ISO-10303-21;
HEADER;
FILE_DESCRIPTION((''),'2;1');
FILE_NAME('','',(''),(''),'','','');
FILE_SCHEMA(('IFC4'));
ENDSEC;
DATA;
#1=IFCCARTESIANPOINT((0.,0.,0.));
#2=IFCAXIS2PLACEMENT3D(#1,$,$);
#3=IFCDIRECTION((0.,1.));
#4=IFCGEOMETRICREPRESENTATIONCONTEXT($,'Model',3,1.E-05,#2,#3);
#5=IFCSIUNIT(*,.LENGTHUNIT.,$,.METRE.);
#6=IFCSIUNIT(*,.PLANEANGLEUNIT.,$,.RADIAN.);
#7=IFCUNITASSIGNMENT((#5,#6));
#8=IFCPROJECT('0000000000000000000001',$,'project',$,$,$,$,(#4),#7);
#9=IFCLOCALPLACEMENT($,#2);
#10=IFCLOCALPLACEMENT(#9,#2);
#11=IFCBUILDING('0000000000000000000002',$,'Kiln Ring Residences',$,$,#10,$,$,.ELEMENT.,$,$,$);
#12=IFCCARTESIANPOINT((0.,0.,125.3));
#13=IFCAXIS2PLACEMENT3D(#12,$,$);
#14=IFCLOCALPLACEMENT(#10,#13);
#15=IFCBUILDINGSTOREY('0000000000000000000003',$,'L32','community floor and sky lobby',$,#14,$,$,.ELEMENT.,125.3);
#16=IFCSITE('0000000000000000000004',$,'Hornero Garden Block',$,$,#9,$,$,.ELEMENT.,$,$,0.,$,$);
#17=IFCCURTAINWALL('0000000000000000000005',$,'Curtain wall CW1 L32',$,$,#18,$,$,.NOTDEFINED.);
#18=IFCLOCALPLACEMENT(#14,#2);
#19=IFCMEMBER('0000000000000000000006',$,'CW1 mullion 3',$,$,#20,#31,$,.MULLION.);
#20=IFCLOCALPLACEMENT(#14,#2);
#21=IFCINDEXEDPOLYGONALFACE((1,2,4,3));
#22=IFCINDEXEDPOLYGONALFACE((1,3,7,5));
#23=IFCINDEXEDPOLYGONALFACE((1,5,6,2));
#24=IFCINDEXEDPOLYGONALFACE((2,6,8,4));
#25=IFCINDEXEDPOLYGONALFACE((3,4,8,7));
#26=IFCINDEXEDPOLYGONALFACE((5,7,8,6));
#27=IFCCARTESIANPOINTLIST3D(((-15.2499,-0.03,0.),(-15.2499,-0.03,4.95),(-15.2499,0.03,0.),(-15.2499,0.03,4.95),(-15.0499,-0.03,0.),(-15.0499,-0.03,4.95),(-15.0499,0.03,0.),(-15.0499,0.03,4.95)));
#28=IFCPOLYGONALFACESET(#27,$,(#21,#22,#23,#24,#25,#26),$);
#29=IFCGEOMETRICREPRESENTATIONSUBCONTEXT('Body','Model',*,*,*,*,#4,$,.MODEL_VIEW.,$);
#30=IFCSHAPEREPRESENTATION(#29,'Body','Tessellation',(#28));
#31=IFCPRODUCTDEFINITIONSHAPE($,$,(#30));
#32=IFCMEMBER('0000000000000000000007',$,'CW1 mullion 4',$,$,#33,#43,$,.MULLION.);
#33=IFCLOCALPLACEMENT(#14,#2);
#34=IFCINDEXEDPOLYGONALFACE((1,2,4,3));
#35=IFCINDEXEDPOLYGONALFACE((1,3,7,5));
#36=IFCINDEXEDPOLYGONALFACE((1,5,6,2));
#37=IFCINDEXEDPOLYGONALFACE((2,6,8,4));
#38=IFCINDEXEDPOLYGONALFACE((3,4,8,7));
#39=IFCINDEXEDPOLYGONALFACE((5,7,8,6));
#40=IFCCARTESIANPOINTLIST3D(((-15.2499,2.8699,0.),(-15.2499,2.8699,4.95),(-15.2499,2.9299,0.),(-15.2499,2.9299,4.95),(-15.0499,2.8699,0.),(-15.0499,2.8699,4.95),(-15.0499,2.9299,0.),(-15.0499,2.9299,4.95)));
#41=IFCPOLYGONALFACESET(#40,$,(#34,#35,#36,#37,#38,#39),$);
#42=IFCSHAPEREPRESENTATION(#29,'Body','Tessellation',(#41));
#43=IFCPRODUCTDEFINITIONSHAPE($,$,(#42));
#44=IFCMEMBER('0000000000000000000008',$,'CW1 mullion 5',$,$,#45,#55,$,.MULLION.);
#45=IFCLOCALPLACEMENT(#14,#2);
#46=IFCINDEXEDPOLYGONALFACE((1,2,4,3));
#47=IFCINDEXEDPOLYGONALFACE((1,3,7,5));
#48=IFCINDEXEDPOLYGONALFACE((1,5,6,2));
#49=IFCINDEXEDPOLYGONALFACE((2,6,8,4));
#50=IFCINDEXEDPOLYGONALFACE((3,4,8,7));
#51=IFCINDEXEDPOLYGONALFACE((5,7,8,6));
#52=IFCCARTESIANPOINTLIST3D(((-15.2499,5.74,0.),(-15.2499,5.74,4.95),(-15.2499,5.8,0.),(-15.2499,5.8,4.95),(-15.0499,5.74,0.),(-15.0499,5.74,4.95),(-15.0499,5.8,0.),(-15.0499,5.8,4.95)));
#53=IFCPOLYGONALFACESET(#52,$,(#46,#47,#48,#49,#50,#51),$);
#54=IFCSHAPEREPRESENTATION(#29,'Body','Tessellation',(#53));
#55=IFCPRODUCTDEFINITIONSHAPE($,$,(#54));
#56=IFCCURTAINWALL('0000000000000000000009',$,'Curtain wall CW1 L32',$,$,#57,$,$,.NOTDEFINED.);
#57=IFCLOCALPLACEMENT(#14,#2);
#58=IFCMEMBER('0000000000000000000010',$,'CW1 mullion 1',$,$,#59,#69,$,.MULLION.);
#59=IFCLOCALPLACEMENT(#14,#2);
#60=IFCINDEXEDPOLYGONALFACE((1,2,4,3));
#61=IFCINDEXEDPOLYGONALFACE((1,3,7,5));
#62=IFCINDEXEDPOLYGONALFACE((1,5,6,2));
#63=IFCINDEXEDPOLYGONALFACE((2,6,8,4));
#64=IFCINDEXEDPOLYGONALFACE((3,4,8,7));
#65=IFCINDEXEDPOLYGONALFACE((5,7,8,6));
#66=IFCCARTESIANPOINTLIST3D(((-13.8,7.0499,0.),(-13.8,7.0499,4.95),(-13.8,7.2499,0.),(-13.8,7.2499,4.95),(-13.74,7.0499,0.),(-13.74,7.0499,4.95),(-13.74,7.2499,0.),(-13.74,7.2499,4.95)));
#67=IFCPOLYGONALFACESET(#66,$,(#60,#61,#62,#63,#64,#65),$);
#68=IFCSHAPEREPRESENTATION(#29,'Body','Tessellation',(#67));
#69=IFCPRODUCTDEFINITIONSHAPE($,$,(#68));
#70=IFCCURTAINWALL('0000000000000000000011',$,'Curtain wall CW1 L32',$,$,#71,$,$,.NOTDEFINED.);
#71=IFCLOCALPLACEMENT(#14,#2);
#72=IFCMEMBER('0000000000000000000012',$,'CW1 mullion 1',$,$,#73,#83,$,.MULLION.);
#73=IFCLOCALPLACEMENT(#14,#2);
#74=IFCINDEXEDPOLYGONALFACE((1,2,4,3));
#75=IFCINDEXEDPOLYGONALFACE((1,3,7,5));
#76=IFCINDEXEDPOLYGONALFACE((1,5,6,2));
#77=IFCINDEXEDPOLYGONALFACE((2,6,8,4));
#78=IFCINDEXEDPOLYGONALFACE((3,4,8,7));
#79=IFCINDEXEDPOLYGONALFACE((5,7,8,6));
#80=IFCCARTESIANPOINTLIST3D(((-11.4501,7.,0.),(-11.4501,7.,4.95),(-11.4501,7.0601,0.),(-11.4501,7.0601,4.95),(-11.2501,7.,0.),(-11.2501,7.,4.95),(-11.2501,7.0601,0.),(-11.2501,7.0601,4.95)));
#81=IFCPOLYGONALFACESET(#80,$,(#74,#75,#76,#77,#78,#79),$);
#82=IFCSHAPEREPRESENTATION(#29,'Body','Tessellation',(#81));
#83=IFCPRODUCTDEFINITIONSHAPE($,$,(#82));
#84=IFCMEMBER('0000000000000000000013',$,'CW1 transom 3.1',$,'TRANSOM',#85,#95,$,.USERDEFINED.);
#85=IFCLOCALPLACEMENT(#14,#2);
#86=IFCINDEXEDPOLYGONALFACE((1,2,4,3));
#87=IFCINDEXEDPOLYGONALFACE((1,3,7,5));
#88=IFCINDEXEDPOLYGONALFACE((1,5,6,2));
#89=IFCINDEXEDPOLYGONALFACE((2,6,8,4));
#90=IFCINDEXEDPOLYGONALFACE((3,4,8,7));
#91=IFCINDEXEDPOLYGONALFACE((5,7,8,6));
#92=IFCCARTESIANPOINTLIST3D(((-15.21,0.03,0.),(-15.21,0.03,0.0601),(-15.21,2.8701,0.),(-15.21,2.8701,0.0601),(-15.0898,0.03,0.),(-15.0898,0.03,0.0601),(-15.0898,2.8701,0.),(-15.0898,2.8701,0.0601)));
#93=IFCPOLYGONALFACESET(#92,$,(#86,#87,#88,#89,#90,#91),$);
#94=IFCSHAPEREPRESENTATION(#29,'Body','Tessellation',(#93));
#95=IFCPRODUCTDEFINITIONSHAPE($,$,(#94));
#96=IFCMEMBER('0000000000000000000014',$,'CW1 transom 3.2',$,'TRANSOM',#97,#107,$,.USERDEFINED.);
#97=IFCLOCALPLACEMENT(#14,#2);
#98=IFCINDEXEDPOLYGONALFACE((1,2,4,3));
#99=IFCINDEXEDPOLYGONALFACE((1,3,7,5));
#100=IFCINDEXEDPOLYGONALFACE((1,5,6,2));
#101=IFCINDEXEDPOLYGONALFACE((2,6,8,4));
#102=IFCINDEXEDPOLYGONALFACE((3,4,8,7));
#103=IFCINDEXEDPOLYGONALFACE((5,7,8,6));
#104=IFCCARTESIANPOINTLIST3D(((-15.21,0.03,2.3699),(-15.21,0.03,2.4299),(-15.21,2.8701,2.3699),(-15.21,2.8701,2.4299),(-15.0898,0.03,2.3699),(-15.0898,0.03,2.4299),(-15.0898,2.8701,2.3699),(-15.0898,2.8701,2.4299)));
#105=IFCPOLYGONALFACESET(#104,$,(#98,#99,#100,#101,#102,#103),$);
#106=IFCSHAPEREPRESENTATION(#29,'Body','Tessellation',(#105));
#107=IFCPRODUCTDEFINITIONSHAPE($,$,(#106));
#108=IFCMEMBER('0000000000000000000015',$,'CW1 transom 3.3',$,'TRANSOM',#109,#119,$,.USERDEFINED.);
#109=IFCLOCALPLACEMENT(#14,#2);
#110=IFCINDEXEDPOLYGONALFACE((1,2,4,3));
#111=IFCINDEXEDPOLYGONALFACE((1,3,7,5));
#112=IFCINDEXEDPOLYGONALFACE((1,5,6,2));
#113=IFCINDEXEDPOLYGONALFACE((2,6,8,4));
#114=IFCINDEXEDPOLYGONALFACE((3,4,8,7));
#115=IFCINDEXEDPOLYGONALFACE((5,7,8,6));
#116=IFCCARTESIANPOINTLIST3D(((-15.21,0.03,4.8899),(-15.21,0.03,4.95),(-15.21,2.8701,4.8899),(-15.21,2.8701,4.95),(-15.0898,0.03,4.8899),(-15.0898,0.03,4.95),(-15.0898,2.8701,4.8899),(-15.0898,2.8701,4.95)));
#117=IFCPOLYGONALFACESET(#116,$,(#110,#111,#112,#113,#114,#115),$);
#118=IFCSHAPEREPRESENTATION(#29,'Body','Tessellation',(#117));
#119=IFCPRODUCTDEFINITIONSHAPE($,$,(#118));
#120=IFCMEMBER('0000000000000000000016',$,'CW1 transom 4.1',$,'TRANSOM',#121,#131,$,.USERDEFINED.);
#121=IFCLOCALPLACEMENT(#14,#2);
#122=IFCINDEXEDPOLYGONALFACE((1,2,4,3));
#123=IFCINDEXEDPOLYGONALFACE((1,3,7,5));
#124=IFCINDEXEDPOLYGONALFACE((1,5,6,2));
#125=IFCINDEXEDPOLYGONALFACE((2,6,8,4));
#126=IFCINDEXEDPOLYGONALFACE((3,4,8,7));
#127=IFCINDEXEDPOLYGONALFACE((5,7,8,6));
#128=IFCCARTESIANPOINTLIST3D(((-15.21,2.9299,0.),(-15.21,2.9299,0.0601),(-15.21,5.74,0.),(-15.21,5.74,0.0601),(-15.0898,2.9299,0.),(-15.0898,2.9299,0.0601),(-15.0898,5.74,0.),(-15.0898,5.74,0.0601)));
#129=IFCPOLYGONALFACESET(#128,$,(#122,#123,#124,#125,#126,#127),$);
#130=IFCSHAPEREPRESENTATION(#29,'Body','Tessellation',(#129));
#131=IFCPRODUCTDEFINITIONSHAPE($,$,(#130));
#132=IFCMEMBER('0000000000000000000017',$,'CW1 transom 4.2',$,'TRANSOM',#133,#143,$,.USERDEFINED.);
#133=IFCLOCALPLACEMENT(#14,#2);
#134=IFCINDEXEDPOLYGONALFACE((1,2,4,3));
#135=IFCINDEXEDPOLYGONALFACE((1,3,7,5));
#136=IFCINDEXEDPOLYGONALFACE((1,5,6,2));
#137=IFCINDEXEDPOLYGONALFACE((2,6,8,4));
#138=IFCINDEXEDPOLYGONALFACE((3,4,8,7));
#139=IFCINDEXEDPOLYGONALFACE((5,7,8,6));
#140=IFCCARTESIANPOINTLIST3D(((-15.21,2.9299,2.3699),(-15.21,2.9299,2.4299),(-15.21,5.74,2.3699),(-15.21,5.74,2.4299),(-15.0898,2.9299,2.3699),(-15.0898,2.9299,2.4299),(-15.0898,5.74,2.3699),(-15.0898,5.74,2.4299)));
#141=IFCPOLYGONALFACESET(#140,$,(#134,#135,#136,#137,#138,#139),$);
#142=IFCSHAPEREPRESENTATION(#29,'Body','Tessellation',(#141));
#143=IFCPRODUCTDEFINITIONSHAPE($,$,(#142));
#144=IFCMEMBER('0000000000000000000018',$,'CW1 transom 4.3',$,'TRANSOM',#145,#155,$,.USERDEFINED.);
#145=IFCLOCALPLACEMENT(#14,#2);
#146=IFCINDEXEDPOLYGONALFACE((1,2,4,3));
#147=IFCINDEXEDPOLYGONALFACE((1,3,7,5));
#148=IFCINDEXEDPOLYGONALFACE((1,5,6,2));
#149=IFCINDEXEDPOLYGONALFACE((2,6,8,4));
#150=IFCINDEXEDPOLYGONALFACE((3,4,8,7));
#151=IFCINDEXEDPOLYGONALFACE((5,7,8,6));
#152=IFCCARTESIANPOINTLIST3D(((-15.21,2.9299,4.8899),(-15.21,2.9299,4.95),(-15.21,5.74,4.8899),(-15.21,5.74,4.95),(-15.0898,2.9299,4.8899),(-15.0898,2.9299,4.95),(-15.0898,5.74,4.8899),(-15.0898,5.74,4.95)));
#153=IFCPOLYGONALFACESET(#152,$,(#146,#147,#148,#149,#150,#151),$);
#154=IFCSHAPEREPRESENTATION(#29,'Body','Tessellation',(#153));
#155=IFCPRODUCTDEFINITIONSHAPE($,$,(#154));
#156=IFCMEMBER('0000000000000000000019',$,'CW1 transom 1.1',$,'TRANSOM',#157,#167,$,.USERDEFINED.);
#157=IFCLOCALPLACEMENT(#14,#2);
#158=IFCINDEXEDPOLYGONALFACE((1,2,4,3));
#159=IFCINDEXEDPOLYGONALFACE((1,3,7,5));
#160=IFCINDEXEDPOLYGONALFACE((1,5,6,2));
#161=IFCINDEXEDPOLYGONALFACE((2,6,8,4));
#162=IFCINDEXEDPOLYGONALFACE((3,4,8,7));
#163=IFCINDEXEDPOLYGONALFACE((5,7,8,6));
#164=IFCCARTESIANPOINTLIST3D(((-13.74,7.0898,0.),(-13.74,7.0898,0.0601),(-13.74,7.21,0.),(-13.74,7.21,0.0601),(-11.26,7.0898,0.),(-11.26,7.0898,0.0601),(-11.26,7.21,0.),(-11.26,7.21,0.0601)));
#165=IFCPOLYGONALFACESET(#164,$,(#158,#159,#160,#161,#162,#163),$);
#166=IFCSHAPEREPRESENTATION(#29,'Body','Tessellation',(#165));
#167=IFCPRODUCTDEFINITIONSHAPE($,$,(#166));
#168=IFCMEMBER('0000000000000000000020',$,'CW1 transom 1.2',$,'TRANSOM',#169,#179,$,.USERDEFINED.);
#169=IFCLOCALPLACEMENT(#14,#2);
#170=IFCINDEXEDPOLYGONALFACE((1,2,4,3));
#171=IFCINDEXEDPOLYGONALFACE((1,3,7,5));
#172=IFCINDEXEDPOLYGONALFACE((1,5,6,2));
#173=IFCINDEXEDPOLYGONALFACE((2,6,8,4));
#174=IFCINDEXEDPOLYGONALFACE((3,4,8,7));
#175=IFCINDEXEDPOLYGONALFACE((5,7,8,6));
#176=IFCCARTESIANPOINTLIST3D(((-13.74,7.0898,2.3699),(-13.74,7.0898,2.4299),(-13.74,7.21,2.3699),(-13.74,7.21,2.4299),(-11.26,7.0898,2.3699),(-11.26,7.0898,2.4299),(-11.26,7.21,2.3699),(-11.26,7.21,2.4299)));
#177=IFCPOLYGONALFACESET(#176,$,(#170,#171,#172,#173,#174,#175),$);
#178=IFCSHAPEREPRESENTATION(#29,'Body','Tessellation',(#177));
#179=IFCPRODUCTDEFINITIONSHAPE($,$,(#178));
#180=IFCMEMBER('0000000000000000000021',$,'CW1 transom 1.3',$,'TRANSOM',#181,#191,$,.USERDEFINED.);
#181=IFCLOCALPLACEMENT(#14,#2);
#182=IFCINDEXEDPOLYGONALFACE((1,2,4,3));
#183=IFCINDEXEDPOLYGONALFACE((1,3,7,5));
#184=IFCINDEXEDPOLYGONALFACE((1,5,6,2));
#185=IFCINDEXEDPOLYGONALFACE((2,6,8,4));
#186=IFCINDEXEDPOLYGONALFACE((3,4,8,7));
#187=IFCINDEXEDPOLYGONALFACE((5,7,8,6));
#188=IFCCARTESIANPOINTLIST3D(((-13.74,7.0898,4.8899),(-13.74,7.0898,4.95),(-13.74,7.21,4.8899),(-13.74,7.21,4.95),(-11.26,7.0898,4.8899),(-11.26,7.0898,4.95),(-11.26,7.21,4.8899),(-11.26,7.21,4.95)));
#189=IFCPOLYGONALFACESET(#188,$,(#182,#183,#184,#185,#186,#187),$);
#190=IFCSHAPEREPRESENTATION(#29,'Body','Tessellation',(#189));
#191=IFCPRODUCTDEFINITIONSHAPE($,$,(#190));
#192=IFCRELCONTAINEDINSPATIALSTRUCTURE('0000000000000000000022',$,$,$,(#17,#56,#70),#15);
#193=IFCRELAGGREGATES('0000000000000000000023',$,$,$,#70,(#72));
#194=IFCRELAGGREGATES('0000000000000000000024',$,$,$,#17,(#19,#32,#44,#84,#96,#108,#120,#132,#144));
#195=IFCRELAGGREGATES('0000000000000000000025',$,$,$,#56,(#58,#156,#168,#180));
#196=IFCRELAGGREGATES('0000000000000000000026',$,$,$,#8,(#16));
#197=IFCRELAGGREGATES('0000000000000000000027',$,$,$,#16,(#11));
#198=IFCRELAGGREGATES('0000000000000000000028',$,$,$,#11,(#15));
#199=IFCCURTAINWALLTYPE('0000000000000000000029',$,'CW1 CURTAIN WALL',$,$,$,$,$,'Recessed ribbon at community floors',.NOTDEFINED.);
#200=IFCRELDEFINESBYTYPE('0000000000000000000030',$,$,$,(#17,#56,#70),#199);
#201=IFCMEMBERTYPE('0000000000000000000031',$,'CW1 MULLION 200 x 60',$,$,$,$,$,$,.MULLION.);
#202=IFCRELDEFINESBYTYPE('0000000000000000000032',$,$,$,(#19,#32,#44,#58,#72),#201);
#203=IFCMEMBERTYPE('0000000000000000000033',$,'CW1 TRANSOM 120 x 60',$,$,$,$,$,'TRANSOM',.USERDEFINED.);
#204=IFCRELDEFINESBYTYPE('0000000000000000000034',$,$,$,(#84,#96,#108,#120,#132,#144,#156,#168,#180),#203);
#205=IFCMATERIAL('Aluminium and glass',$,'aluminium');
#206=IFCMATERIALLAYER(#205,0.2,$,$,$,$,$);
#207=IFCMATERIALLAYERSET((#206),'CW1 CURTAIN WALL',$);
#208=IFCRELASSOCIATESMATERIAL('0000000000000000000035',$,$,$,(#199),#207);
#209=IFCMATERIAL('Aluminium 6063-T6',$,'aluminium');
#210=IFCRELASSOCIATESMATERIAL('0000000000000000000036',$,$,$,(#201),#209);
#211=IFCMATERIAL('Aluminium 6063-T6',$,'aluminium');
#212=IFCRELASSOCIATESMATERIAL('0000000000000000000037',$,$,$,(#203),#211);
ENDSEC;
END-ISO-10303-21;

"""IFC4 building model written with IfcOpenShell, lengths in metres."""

from ifc_helpers import new_model, si_unit, direction, frame, origin, origin_2d, place, context, subcontext, project, spatial, rectangle, extrude, material, layer, layer_set, material_profile, profile_set, type_object, element, aggregate, save


model = new_model("IFC4")

# Units and contexts
model_context = context("Model", 3, precision=1e-05, world=origin(), true_north=direction((0.0, 1.0)))
body_context = subcontext(model_context, "Body", "Model", "MODEL_VIEW")
ifc_project = project(units=[si_unit("LENGTHUNIT", "METRE"), si_unit("PLANEANGLEUNIT", "RADIAN")], contexts=[model_context])

# Site, building, storey
site_placement = place(None, origin())
site = spatial("IfcSite", under=ifc_project, at=site_placement, Name="Hornero Garden Block", CompositionType="ELEMENT", RefElevation=0.0)
building_placement = place(site_placement, origin())
building = spatial("IfcBuilding", under=site, at=building_placement, Name="Kiln Ring Residences", CompositionType="ELEMENT")
storey_placement = place(building_placement, frame((0.0, 0.0, 125.3)))
storey = spatial("IfcBuildingStorey", under=building, at=storey_placement, Name="L32", Description="community floor and sky lobby", CompositionType="ELEMENT", Elevation=125.3)

# Curtain wall, members
ifc_material_1 = material(Name="Aluminium and glass", Category="aluminium")
ifc_layer_1 = layer(ifc_material_1, 0.2)
ifc_layer_set_1 = layer_set([ifc_layer_1], Name="CW1 CURTAIN WALL")
curtain_wall_type = type_object("IfcCurtainWallType", Name="CW1 CURTAIN WALL", ElementType="Recessed ribbon at community floors", PredefinedType="NOTDEFINED", material=ifc_layer_set_1)
placement = place(storey_placement, origin())
curtain_wall_1 = element("IfcCurtainWall", 1, at=placement, inside=storey, type_object=curtain_wall_type, Name="Curtain wall CW1 L32", PredefinedType="NOTDEFINED")
ifc_material_2 = material(Name="Aluminium 6063-T6", Category="aluminium")
ifc_material_profile_1 = material_profile(ifc_material_2, rectangle(XDim=0.2, YDim=0.0601, at=origin_2d()), Name="AL 200x60")
ifc_profile_set_1 = profile_set([ifc_material_profile_1], Name="Aluminium 6063-T6")
member_type_1 = type_object("IfcMemberType", Name="CW1 MULLION 200 x 60", PredefinedType="MULLION", material=ifc_profile_set_1)
member_1_placement = place(storey_placement, frame((-15.1499, 0.0, 0.0), z_axis=(0.0, 0.0, 1.0), x_axis=(-1.0, 0.0, 0.0)))
member_1 = element("IfcMember", 2, at=member_1_placement, type_object=member_type_1, Name="CW1 mullion 3", PredefinedType="MULLION", context=body_context, shape_type="SweptSolid", body=[
    extrude(rectangle(XDim=0.2, YDim=0.0601, at=origin_2d()), origin(), (0.0, 0.0, 1.0), 4.95),
])
member_2_placement = place(storey_placement, frame((-15.1499, 2.8999, 0.0), z_axis=(0.0, 0.0, 1.0), x_axis=(-1.0, 0.0, 0.0)))
member_2 = element("IfcMember", 3, at=member_2_placement, type_object=member_type_1, Name="CW1 mullion 4", PredefinedType="MULLION", context=body_context, shape_type="SweptSolid", body=[
    extrude(rectangle(XDim=0.2, YDim=0.0601, at=origin_2d()), origin(), (0.0, 0.0, 1.0), 4.95),
])
member_3_placement = place(storey_placement, frame((-15.1499, 5.77, 0.0), z_axis=(0.0, 0.0, 1.0), x_axis=(-1.0, 0.0, 0.0)))
member_3 = element("IfcMember", 4, at=member_3_placement, type_object=member_type_1, Name="CW1 mullion 5", PredefinedType="MULLION", context=body_context, shape_type="SweptSolid", body=[
    extrude(rectangle(XDim=0.2, YDim=0.0601, at=origin_2d()), origin(), (0.0, 0.0, 1.0), 4.95),
])

# Curtain walls, members
curtain_wall_2 = element("IfcCurtainWall", 5, at=placement, inside=storey, type_object=curtain_wall_type, Name="Curtain wall CW1 L32", PredefinedType="NOTDEFINED")
member_4_placement = place(storey_placement, frame((-13.77, 7.1499, 0.0), z_axis=(0.0, 0.0, 1.0), x_axis=(0.0, 1.0, 0.0)))
member_4 = element("IfcMember", 6, at=member_4_placement, type_object=member_type_1, Name="CW1 mullion 1", PredefinedType="MULLION", context=body_context, shape_type="SweptSolid", body=[
    extrude(rectangle(XDim=0.2, YDim=0.0601, at=origin_2d()), origin(), (0.0, 0.0, 1.0), 4.95),
])
curtain_wall_3 = element("IfcCurtainWall", 7, at=placement, inside=storey, type_object=curtain_wall_type, Name="Curtain wall CW1 L32", PredefinedType="NOTDEFINED")
member_5_placement = place(storey_placement, frame((-11.3501, 7.03, 0.0), z_axis=(0.0, 0.0, 1.0), x_axis=(-1.0, 0.0, 0.0)))
member_5 = element("IfcMember", 8, at=member_5_placement, type_object=member_type_1, Name="CW1 mullion 1", PredefinedType="MULLION", context=body_context, shape_type="SweptSolid", body=[
    extrude(rectangle(XDim=0.2, YDim=0.0601, at=origin_2d()), origin(), (0.0, 0.0, 1.0), 4.95),
])
aggregate(curtain_wall_3, [member_5])

# Members
ifc_material_3 = material(Name="Aluminium 6063-T6", Category="aluminium")
ifc_material_profile_2 = material_profile(ifc_material_3, rectangle(XDim=0.1201, YDim=0.0601, at=origin_2d()), Name="AL 120x60")
ifc_profile_set_2 = profile_set([ifc_material_profile_2], Name="Aluminium 6063-T6")
member_type_2 = type_object("IfcMemberType", Name="CW1 TRANSOM 120 x 60", ElementType="TRANSOM", PredefinedType="USERDEFINED", material=ifc_profile_set_2)
member_6_placement = place(storey_placement, frame((-15.1499, 0.03, 0.03), z_axis=(0.0, 1.0, 0.0), x_axis=(-1.0, 0.0, 0.0)))
member_6 = element("IfcMember", 9, at=member_6_placement, type_object=member_type_2, Name="CW1 transom 3.1", ObjectType="TRANSOM", PredefinedType="USERDEFINED", context=body_context, shape_type="SweptSolid", body=[
    extrude(rectangle(XDim=0.1201, YDim=0.0601, at=origin_2d()), origin(), (0.0, 0.0, 1.0), 2.8401),
])
member_7_placement = place(storey_placement, frame((-15.1499, 0.03, 2.3999), z_axis=(0.0, 1.0, 0.0), x_axis=(-1.0, 0.0, 0.0)))
member_7 = element("IfcMember", 10, at=member_7_placement, type_object=member_type_2, Name="CW1 transom 3.2", ObjectType="TRANSOM", PredefinedType="USERDEFINED", context=body_context, shape_type="SweptSolid", body=[
    extrude(rectangle(XDim=0.1201, YDim=0.0601, at=origin_2d()), origin(), (0.0, 0.0, 1.0), 2.8401),
])
member_8_placement = place(storey_placement, frame((-15.1499, 0.03, 4.9199), z_axis=(0.0, 1.0, 0.0), x_axis=(-1.0, 0.0, 0.0)))
member_8 = element("IfcMember", 11, at=member_8_placement, type_object=member_type_2, Name="CW1 transom 3.3", ObjectType="TRANSOM", PredefinedType="USERDEFINED", context=body_context, shape_type="SweptSolid", body=[
    extrude(rectangle(XDim=0.1201, YDim=0.0601, at=origin_2d()), origin(), (0.0, 0.0, 1.0), 2.8401),
])
member_9_placement = place(storey_placement, frame((-15.1499, 2.9299, 0.03), z_axis=(0.0, 1.0, 0.0), x_axis=(-1.0, 0.0, 0.0)))
member_9 = element("IfcMember", 12, at=member_9_placement, type_object=member_type_2, Name="CW1 transom 4.1", ObjectType="TRANSOM", PredefinedType="USERDEFINED", context=body_context, shape_type="SweptSolid", body=[
    extrude(rectangle(XDim=0.1201, YDim=0.0601, at=origin_2d()), origin(), (0.0, 0.0, 1.0), 2.8101),
])
member_10_placement = place(storey_placement, frame((-15.1499, 2.9299, 2.3999), z_axis=(0.0, 1.0, 0.0), x_axis=(-1.0, 0.0, 0.0)))
member_10 = element("IfcMember", 13, at=member_10_placement, type_object=member_type_2, Name="CW1 transom 4.2", ObjectType="TRANSOM", PredefinedType="USERDEFINED", context=body_context, shape_type="SweptSolid", body=[
    extrude(rectangle(XDim=0.1201, YDim=0.0601, at=origin_2d()), origin(), (0.0, 0.0, 1.0), 2.8101),
])
member_11_placement = place(storey_placement, frame((-15.1499, 2.9299, 4.9199), z_axis=(0.0, 1.0, 0.0), x_axis=(-1.0, 0.0, 0.0)))
member_11 = element("IfcMember", 14, at=member_11_placement, type_object=member_type_2, Name="CW1 transom 4.3", ObjectType="TRANSOM", PredefinedType="USERDEFINED", context=body_context, shape_type="SweptSolid", body=[
    extrude(rectangle(XDim=0.1201, YDim=0.0601, at=origin_2d()), origin(), (0.0, 0.0, 1.0), 2.8101),
])
member_12_placement = place(storey_placement, frame((-13.74, 7.1499, 0.03), z_axis=(1.0, 0.0, 0.0), x_axis=(0.0, 1.0, 0.0)))
member_12 = element("IfcMember", 15, at=member_12_placement, type_object=member_type_2, Name="CW1 transom 1.1", ObjectType="TRANSOM", PredefinedType="USERDEFINED", context=body_context, shape_type="SweptSolid", body=[
    extrude(rectangle(XDim=0.1201, YDim=0.0601, at=origin_2d()), origin(), (0.0, 0.0, 1.0), 2.48),
])
member_13_placement = place(storey_placement, frame((-13.74, 7.1499, 2.3999), z_axis=(1.0, 0.0, 0.0), x_axis=(0.0, 1.0, 0.0)))
member_13 = element("IfcMember", 16, at=member_13_placement, type_object=member_type_2, Name="CW1 transom 1.2", ObjectType="TRANSOM", PredefinedType="USERDEFINED", context=body_context, shape_type="SweptSolid", body=[
    extrude(rectangle(XDim=0.1201, YDim=0.0601, at=origin_2d()), origin(), (0.0, 0.0, 1.0), 2.48),
])
member_14_placement = place(storey_placement, frame((-13.74, 7.1499, 4.9199), z_axis=(1.0, 0.0, 0.0), x_axis=(0.0, 1.0, 0.0)))
member_14 = element("IfcMember", 17, at=member_14_placement, type_object=member_type_2, Name="CW1 transom 1.3", ObjectType="TRANSOM", PredefinedType="USERDEFINED", context=body_context, shape_type="SweptSolid", body=[
    extrude(rectangle(XDim=0.1201, YDim=0.0601, at=origin_2d()), origin(), (0.0, 0.0, 1.0), 2.48),
])

aggregate(curtain_wall_1, [member_1, member_2, member_3, member_6, member_7, member_8, member_9, member_10, member_11])
aggregate(curtain_wall_2, [member_4, member_12, member_13, member_14])

save(model, "model.ifc")
